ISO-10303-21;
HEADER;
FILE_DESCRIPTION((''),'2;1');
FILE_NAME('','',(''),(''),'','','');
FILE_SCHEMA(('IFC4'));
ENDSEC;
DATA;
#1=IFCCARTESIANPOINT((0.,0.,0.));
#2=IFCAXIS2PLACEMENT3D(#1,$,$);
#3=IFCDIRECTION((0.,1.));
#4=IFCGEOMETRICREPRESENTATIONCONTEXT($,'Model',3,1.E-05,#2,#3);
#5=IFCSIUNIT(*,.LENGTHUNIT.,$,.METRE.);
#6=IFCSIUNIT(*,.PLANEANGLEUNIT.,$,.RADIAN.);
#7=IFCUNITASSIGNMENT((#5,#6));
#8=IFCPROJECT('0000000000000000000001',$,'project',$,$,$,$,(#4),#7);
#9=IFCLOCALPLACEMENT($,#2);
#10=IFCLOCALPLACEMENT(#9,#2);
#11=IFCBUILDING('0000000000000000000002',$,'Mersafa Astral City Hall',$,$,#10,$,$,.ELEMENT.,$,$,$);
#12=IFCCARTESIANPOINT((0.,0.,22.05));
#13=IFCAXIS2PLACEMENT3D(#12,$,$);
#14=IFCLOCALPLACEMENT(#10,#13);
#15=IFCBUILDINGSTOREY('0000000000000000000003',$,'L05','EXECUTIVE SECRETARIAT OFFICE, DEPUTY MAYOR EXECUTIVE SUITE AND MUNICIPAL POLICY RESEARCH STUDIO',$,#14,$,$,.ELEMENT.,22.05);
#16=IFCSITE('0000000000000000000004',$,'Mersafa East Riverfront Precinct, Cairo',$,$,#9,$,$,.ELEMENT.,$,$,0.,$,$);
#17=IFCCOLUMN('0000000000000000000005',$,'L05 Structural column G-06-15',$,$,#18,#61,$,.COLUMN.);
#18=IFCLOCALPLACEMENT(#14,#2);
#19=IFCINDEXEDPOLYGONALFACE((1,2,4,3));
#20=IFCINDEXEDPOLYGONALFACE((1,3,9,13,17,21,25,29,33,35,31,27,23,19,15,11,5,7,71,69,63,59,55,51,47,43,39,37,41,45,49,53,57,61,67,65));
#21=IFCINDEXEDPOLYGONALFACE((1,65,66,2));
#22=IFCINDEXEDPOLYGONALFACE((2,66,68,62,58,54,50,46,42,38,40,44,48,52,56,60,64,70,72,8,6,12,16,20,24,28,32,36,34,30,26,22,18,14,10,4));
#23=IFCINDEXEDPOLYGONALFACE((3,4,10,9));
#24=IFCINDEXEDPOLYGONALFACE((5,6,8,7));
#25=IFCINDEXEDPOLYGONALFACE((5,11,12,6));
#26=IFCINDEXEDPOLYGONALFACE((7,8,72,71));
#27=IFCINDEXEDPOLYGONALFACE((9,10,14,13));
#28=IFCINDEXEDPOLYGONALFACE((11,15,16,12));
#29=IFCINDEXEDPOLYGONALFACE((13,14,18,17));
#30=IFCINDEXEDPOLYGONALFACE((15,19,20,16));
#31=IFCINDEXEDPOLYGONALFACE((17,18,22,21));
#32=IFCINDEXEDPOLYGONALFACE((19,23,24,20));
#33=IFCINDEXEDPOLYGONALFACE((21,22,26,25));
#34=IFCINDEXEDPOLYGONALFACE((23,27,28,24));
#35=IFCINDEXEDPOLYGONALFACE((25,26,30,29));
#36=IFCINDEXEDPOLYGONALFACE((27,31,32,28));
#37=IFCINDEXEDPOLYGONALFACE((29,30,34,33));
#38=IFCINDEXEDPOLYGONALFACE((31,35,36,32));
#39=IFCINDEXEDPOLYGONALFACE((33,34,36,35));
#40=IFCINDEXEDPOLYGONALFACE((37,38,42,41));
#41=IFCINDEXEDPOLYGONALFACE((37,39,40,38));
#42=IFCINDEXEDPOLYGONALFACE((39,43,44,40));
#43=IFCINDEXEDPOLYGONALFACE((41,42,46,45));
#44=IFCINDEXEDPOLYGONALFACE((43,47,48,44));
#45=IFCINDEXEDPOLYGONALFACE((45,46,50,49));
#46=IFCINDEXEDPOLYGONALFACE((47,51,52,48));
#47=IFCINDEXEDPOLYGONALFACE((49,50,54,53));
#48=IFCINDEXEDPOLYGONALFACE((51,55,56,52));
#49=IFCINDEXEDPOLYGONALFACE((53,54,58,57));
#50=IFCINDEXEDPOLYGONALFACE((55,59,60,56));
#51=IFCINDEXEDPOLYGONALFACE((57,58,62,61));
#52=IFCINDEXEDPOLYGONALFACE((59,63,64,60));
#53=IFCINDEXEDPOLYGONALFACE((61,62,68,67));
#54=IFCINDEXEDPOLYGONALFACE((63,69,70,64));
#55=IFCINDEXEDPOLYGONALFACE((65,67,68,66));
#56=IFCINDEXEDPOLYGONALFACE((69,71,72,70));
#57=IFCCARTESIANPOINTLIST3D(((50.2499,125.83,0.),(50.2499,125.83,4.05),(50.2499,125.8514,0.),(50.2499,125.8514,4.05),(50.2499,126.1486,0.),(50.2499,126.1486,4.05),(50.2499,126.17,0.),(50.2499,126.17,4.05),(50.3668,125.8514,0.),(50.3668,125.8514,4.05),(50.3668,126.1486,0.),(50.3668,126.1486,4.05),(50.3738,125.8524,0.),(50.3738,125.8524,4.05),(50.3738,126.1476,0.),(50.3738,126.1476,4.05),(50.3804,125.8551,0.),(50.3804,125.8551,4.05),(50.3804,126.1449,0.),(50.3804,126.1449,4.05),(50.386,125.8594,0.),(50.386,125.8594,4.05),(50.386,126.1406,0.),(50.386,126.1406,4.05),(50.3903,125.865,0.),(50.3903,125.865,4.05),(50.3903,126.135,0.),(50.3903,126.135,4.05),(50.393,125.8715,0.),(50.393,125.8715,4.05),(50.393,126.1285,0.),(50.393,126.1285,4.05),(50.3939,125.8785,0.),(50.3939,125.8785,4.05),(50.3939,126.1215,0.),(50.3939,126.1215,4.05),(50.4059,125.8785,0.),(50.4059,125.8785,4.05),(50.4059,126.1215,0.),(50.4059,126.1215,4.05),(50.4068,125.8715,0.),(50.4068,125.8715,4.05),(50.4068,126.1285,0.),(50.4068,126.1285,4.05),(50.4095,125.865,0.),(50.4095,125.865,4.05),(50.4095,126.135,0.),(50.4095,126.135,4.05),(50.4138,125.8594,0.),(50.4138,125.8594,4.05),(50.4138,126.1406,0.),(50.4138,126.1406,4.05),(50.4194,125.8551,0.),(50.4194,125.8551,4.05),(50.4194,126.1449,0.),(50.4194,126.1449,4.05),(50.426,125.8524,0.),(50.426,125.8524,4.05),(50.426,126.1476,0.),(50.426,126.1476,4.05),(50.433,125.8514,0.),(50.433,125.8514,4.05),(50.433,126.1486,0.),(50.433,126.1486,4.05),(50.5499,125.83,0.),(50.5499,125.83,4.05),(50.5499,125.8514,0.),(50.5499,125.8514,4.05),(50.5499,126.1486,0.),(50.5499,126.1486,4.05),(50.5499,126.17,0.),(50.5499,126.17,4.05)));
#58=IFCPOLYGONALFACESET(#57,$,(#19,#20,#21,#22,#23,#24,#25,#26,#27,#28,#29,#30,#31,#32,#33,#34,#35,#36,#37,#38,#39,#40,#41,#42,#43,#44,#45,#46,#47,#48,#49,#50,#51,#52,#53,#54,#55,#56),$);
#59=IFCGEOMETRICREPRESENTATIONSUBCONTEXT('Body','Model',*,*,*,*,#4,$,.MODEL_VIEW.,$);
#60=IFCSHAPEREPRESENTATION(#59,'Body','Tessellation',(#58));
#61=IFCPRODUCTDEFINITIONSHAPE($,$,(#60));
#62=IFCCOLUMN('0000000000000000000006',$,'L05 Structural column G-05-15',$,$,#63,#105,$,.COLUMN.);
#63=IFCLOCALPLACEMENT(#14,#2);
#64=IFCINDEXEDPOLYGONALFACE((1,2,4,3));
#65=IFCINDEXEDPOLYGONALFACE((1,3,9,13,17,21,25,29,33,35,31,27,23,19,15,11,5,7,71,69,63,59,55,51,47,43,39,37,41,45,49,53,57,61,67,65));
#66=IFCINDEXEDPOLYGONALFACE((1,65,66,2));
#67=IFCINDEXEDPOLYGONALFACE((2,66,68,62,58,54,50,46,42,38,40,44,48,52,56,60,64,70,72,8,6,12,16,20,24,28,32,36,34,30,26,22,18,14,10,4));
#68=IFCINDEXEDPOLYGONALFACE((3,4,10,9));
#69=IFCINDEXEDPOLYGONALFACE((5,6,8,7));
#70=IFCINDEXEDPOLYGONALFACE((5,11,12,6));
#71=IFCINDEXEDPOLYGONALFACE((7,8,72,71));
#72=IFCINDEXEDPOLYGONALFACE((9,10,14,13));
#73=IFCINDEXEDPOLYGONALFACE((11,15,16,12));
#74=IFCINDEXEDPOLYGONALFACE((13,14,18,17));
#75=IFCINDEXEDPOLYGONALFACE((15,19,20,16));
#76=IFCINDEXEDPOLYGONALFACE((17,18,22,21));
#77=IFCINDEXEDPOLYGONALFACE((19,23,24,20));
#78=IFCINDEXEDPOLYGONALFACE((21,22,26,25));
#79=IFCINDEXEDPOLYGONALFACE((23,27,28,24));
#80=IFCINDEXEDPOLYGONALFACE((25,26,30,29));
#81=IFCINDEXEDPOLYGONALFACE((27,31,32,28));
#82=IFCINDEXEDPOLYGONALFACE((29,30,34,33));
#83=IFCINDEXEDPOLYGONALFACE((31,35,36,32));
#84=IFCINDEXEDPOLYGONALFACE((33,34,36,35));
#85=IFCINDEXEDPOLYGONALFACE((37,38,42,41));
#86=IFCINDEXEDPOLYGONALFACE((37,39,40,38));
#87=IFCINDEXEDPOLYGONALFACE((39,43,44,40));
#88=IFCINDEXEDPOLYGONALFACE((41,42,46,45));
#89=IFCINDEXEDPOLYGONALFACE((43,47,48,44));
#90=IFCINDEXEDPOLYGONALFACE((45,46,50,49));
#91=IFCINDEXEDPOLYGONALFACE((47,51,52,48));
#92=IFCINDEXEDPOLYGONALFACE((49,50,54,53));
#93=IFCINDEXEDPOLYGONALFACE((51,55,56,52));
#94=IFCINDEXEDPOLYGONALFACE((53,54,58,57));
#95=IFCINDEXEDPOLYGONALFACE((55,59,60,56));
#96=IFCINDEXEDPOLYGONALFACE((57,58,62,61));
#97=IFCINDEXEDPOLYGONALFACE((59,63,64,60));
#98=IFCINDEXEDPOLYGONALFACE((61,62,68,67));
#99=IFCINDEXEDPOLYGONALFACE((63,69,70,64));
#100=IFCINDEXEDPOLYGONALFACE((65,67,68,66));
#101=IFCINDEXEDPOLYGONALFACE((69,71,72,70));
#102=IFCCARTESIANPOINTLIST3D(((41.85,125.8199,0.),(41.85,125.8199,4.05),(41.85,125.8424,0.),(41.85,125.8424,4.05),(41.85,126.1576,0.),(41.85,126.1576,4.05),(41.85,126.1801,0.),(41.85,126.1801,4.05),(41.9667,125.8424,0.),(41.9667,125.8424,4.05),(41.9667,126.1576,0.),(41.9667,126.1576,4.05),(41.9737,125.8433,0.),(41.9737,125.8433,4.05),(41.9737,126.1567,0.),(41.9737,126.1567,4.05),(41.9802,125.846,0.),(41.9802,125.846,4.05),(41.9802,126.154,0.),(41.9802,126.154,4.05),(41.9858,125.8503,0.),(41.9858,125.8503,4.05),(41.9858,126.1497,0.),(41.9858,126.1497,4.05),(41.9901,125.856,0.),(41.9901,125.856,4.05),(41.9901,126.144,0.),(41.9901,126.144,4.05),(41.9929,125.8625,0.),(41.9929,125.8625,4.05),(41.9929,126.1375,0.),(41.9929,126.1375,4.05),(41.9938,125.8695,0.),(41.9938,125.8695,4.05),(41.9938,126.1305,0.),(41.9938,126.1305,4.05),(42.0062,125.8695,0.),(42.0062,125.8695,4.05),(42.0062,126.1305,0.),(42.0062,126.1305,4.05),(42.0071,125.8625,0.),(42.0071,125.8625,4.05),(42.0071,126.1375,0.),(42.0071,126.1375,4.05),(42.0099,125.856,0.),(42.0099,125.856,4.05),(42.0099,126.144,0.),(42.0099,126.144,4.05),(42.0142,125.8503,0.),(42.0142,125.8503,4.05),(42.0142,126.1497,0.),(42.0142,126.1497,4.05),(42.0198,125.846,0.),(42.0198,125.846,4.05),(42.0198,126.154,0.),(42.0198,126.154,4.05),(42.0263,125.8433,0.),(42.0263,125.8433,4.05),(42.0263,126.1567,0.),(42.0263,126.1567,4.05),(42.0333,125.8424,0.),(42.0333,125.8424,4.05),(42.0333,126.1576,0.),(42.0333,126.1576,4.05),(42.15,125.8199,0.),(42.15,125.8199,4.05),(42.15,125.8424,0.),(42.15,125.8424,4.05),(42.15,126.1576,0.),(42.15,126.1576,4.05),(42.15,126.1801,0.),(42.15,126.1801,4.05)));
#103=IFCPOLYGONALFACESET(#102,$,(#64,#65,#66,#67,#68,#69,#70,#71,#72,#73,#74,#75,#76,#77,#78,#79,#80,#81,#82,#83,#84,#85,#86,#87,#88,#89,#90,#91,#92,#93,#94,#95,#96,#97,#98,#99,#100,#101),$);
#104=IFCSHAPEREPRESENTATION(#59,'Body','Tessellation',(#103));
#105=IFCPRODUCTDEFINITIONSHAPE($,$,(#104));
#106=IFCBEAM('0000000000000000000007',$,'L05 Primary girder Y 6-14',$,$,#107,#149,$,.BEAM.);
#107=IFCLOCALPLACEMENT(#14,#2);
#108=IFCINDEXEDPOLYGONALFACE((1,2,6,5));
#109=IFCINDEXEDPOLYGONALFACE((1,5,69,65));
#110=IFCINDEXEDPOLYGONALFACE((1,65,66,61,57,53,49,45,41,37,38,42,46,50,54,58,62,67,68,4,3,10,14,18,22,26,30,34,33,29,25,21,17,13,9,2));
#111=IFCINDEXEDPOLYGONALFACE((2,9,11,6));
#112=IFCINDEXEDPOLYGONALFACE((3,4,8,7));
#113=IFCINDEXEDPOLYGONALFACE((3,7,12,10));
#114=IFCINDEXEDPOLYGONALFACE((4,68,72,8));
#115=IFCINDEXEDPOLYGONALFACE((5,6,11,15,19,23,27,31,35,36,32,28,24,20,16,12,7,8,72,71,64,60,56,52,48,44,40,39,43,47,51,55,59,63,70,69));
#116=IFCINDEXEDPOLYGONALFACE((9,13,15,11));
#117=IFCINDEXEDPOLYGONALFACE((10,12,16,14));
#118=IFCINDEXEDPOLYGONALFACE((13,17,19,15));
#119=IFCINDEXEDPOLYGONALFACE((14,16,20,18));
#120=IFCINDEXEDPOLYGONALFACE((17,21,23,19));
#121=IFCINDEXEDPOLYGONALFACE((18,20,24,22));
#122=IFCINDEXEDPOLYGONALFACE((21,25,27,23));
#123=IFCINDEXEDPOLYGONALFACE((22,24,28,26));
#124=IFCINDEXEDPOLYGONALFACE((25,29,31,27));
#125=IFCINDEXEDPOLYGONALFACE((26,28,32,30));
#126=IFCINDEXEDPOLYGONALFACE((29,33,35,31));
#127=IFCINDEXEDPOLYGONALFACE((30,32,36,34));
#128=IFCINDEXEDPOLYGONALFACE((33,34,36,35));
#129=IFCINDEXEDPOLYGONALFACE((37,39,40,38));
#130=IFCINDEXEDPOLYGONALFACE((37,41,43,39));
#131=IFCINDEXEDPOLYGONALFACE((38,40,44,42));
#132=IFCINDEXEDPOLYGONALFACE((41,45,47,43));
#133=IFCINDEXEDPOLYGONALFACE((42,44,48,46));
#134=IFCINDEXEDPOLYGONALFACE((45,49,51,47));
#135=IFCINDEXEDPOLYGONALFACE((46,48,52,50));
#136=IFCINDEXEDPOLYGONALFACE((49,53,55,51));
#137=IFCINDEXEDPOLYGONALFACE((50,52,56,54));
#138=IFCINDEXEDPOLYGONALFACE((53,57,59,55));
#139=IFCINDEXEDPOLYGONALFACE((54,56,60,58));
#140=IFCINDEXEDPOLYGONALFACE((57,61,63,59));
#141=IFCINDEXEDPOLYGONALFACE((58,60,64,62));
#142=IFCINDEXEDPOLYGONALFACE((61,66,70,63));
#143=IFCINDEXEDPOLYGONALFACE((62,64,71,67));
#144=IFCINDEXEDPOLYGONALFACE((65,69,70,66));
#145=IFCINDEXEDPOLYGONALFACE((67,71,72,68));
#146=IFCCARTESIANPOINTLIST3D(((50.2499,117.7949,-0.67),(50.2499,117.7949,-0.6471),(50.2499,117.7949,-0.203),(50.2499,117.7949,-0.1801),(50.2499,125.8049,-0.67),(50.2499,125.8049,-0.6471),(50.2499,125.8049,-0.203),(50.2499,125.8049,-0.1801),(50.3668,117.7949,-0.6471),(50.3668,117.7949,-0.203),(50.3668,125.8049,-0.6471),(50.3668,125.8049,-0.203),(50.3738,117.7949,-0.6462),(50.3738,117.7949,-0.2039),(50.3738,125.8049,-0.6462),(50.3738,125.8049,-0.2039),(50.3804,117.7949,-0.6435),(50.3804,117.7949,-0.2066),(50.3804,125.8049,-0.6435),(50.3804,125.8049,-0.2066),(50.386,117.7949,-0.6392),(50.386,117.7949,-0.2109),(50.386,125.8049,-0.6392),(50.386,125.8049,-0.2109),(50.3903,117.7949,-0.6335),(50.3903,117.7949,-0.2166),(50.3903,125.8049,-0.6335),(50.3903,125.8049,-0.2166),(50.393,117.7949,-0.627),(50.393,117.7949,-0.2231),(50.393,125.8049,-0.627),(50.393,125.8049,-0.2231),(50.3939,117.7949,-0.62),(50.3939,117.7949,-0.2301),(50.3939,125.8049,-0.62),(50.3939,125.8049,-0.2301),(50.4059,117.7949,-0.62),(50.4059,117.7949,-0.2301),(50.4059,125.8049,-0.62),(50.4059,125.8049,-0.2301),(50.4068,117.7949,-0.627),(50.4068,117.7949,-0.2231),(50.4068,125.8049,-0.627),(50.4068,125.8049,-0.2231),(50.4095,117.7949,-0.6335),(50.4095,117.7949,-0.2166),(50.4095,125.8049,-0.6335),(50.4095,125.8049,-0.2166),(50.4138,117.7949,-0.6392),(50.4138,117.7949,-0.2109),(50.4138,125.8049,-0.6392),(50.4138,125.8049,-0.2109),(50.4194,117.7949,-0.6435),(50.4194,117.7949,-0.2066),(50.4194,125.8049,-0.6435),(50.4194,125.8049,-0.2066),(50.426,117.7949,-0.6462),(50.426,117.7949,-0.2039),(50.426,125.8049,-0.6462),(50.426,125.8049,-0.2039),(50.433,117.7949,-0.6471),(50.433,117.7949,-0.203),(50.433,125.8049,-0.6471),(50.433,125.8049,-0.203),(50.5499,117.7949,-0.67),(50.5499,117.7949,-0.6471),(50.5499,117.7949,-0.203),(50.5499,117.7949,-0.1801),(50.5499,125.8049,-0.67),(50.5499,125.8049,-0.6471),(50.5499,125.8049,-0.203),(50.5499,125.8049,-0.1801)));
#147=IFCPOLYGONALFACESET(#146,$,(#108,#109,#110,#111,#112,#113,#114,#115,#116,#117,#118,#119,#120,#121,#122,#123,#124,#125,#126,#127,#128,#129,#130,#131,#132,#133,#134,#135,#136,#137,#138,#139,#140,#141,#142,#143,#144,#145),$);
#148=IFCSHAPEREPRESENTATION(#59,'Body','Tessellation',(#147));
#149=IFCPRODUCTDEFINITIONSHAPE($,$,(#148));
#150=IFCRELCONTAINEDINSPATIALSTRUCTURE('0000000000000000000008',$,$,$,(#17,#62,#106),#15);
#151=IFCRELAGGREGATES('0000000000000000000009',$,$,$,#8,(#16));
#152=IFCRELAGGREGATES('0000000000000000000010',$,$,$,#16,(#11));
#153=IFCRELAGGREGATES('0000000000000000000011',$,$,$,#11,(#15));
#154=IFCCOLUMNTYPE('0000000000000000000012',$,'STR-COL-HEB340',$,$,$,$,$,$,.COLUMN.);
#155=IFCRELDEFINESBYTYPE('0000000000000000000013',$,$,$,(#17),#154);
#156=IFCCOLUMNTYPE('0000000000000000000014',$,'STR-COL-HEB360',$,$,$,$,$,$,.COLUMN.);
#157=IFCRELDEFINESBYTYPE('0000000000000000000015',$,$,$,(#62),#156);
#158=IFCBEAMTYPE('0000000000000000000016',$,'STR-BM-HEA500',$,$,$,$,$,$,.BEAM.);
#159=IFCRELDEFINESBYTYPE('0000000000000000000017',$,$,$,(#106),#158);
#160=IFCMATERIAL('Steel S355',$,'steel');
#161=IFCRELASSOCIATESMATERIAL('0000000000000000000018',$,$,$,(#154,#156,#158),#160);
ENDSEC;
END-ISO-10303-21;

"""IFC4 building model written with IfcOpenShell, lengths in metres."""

from ifc_helpers import new_model, si_unit, direction, frame, origin, origin_2d, place, context, subcontext, project, spatial, i_section, extrude, material, material_profile, profile_set, type_object, element, save


model = new_model("IFC4")

# Units and contexts
model_context = context("Model", 3, precision=1e-05, world=origin(), true_north=direction((0.0, 1.0)))
body_context = subcontext(model_context, "Body", "Model", "MODEL_VIEW")
ifc_project = project(units=[si_unit("LENGTHUNIT", "METRE"), si_unit("PLANEANGLEUNIT", "RADIAN")], contexts=[model_context])

# Site, building, storey
site_placement = place(None, origin())
site = spatial("IfcSite", under=ifc_project, at=site_placement, Name="Mersafa East Riverfront Precinct, Cairo", CompositionType="ELEMENT", RefElevation=0.0)
building_placement = place(site_placement, origin())
building = spatial("IfcBuilding", under=site, at=building_placement, Name="Mersafa Astral City Hall", CompositionType="ELEMENT")
storey_placement = place(building_placement, frame((0.0, 0.0, 22.05)))
storey = spatial("IfcBuildingStorey", under=building, at=storey_placement, Name="L05", Description="EXECUTIVE SECRETARIAT OFFICE, DEPUTY MAYOR EXECUTIVE SUITE AND MUNICIPAL POLICY RESEARCH STUDIO", CompositionType="ELEMENT", Elevation=22.05)

# Columns
ifc_material_1 = material(Name="Steel S355", Category="steel")
ifc_material_profile_1 = material_profile(ifc_material_1, i_section(OverallWidth=0.3, OverallDepth=0.3401, WebThickness=0.012, FlangeThickness=0.0215, FilletRadius=0.0271, at=origin_2d()), Name="HEB 340")
ifc_profile_set_1 = profile_set([ifc_material_profile_1], Name="Steel S355")
column_type_1 = type_object("IfcColumnType", Name="STR-COL-HEB340", PredefinedType="COLUMN", material=ifc_profile_set_1)
column_1_placement = place(storey_placement, frame((50.3999, 126.0, 0.0), z_axis=(0.0, 0.0, 1.0), x_axis=(1.0, 0.0, 0.0)))
element("IfcColumn", 1, at=column_1_placement, inside=storey, type_object=column_type_1, Name="L05 Structural column G-06-15", PredefinedType="COLUMN", context=body_context, shape_type="SweptSolid", body=[
    extrude(i_section(OverallWidth=0.3, OverallDepth=0.3401, WebThickness=0.012, FlangeThickness=0.0215, FilletRadius=0.0271, at=origin_2d()), origin(), (0.0, 0.0, 1.0), 4.05),
])
ifc_material_profile_2 = material_profile(ifc_material_1, i_section(OverallWidth=0.3, OverallDepth=0.3601, WebThickness=0.0125, FlangeThickness=0.0225, FilletRadius=0.0271, at=origin_2d()), Name="HEB 360")
ifc_profile_set_2 = profile_set([ifc_material_profile_2], Name="Steel S355")
column_type_2 = type_object("IfcColumnType", Name="STR-COL-HEB360", PredefinedType="COLUMN", material=ifc_profile_set_2)
column_2_placement = place(storey_placement, frame((42.0, 126.0, 0.0), z_axis=(0.0, 0.0, 1.0), x_axis=(1.0, 0.0, 0.0)))
element("IfcColumn", 2, at=column_2_placement, inside=storey, type_object=column_type_2, Name="L05 Structural column G-05-15", PredefinedType="COLUMN", context=body_context, shape_type="SweptSolid", body=[
    extrude(i_section(OverallWidth=0.3, OverallDepth=0.3601, WebThickness=0.0125, FlangeThickness=0.0225, FilletRadius=0.0271, at=origin_2d()), origin(), (0.0, 0.0, 1.0), 4.05),
])

# Beam
ifc_material_profile_3 = material_profile(ifc_material_1, i_section(OverallWidth=0.3, OverallDepth=0.49, WebThickness=0.012, FlangeThickness=0.0229, FilletRadius=0.0271, at=origin_2d()), Name="HEA 500")
ifc_profile_set_3 = profile_set([ifc_material_profile_3], Name="Steel S355")
beam_type_1 = type_object("IfcBeamType", Name="STR-BM-HEA500", PredefinedType="BEAM", material=ifc_profile_set_3)
beam_1_placement = place(storey_placement, frame((50.3999, 117.7949, -0.425), z_axis=(0.0, 1.0, 0.0), x_axis=(-1.0, 0.0, 0.0)))
element("IfcBeam", 3, at=beam_1_placement, inside=storey, type_object=beam_type_1, Name="L05 Primary girder Y 6-14", PredefinedType="BEAM", context=body_context, shape_type="SweptSolid", body=[
    extrude(i_section(OverallWidth=0.3, OverallDepth=0.49, WebThickness=0.012, FlangeThickness=0.0229, FilletRadius=0.0271, at=origin_2d()), origin(), (0.0, 0.0, 1.0), 8.01),
])

save(model, "model.ifc")
